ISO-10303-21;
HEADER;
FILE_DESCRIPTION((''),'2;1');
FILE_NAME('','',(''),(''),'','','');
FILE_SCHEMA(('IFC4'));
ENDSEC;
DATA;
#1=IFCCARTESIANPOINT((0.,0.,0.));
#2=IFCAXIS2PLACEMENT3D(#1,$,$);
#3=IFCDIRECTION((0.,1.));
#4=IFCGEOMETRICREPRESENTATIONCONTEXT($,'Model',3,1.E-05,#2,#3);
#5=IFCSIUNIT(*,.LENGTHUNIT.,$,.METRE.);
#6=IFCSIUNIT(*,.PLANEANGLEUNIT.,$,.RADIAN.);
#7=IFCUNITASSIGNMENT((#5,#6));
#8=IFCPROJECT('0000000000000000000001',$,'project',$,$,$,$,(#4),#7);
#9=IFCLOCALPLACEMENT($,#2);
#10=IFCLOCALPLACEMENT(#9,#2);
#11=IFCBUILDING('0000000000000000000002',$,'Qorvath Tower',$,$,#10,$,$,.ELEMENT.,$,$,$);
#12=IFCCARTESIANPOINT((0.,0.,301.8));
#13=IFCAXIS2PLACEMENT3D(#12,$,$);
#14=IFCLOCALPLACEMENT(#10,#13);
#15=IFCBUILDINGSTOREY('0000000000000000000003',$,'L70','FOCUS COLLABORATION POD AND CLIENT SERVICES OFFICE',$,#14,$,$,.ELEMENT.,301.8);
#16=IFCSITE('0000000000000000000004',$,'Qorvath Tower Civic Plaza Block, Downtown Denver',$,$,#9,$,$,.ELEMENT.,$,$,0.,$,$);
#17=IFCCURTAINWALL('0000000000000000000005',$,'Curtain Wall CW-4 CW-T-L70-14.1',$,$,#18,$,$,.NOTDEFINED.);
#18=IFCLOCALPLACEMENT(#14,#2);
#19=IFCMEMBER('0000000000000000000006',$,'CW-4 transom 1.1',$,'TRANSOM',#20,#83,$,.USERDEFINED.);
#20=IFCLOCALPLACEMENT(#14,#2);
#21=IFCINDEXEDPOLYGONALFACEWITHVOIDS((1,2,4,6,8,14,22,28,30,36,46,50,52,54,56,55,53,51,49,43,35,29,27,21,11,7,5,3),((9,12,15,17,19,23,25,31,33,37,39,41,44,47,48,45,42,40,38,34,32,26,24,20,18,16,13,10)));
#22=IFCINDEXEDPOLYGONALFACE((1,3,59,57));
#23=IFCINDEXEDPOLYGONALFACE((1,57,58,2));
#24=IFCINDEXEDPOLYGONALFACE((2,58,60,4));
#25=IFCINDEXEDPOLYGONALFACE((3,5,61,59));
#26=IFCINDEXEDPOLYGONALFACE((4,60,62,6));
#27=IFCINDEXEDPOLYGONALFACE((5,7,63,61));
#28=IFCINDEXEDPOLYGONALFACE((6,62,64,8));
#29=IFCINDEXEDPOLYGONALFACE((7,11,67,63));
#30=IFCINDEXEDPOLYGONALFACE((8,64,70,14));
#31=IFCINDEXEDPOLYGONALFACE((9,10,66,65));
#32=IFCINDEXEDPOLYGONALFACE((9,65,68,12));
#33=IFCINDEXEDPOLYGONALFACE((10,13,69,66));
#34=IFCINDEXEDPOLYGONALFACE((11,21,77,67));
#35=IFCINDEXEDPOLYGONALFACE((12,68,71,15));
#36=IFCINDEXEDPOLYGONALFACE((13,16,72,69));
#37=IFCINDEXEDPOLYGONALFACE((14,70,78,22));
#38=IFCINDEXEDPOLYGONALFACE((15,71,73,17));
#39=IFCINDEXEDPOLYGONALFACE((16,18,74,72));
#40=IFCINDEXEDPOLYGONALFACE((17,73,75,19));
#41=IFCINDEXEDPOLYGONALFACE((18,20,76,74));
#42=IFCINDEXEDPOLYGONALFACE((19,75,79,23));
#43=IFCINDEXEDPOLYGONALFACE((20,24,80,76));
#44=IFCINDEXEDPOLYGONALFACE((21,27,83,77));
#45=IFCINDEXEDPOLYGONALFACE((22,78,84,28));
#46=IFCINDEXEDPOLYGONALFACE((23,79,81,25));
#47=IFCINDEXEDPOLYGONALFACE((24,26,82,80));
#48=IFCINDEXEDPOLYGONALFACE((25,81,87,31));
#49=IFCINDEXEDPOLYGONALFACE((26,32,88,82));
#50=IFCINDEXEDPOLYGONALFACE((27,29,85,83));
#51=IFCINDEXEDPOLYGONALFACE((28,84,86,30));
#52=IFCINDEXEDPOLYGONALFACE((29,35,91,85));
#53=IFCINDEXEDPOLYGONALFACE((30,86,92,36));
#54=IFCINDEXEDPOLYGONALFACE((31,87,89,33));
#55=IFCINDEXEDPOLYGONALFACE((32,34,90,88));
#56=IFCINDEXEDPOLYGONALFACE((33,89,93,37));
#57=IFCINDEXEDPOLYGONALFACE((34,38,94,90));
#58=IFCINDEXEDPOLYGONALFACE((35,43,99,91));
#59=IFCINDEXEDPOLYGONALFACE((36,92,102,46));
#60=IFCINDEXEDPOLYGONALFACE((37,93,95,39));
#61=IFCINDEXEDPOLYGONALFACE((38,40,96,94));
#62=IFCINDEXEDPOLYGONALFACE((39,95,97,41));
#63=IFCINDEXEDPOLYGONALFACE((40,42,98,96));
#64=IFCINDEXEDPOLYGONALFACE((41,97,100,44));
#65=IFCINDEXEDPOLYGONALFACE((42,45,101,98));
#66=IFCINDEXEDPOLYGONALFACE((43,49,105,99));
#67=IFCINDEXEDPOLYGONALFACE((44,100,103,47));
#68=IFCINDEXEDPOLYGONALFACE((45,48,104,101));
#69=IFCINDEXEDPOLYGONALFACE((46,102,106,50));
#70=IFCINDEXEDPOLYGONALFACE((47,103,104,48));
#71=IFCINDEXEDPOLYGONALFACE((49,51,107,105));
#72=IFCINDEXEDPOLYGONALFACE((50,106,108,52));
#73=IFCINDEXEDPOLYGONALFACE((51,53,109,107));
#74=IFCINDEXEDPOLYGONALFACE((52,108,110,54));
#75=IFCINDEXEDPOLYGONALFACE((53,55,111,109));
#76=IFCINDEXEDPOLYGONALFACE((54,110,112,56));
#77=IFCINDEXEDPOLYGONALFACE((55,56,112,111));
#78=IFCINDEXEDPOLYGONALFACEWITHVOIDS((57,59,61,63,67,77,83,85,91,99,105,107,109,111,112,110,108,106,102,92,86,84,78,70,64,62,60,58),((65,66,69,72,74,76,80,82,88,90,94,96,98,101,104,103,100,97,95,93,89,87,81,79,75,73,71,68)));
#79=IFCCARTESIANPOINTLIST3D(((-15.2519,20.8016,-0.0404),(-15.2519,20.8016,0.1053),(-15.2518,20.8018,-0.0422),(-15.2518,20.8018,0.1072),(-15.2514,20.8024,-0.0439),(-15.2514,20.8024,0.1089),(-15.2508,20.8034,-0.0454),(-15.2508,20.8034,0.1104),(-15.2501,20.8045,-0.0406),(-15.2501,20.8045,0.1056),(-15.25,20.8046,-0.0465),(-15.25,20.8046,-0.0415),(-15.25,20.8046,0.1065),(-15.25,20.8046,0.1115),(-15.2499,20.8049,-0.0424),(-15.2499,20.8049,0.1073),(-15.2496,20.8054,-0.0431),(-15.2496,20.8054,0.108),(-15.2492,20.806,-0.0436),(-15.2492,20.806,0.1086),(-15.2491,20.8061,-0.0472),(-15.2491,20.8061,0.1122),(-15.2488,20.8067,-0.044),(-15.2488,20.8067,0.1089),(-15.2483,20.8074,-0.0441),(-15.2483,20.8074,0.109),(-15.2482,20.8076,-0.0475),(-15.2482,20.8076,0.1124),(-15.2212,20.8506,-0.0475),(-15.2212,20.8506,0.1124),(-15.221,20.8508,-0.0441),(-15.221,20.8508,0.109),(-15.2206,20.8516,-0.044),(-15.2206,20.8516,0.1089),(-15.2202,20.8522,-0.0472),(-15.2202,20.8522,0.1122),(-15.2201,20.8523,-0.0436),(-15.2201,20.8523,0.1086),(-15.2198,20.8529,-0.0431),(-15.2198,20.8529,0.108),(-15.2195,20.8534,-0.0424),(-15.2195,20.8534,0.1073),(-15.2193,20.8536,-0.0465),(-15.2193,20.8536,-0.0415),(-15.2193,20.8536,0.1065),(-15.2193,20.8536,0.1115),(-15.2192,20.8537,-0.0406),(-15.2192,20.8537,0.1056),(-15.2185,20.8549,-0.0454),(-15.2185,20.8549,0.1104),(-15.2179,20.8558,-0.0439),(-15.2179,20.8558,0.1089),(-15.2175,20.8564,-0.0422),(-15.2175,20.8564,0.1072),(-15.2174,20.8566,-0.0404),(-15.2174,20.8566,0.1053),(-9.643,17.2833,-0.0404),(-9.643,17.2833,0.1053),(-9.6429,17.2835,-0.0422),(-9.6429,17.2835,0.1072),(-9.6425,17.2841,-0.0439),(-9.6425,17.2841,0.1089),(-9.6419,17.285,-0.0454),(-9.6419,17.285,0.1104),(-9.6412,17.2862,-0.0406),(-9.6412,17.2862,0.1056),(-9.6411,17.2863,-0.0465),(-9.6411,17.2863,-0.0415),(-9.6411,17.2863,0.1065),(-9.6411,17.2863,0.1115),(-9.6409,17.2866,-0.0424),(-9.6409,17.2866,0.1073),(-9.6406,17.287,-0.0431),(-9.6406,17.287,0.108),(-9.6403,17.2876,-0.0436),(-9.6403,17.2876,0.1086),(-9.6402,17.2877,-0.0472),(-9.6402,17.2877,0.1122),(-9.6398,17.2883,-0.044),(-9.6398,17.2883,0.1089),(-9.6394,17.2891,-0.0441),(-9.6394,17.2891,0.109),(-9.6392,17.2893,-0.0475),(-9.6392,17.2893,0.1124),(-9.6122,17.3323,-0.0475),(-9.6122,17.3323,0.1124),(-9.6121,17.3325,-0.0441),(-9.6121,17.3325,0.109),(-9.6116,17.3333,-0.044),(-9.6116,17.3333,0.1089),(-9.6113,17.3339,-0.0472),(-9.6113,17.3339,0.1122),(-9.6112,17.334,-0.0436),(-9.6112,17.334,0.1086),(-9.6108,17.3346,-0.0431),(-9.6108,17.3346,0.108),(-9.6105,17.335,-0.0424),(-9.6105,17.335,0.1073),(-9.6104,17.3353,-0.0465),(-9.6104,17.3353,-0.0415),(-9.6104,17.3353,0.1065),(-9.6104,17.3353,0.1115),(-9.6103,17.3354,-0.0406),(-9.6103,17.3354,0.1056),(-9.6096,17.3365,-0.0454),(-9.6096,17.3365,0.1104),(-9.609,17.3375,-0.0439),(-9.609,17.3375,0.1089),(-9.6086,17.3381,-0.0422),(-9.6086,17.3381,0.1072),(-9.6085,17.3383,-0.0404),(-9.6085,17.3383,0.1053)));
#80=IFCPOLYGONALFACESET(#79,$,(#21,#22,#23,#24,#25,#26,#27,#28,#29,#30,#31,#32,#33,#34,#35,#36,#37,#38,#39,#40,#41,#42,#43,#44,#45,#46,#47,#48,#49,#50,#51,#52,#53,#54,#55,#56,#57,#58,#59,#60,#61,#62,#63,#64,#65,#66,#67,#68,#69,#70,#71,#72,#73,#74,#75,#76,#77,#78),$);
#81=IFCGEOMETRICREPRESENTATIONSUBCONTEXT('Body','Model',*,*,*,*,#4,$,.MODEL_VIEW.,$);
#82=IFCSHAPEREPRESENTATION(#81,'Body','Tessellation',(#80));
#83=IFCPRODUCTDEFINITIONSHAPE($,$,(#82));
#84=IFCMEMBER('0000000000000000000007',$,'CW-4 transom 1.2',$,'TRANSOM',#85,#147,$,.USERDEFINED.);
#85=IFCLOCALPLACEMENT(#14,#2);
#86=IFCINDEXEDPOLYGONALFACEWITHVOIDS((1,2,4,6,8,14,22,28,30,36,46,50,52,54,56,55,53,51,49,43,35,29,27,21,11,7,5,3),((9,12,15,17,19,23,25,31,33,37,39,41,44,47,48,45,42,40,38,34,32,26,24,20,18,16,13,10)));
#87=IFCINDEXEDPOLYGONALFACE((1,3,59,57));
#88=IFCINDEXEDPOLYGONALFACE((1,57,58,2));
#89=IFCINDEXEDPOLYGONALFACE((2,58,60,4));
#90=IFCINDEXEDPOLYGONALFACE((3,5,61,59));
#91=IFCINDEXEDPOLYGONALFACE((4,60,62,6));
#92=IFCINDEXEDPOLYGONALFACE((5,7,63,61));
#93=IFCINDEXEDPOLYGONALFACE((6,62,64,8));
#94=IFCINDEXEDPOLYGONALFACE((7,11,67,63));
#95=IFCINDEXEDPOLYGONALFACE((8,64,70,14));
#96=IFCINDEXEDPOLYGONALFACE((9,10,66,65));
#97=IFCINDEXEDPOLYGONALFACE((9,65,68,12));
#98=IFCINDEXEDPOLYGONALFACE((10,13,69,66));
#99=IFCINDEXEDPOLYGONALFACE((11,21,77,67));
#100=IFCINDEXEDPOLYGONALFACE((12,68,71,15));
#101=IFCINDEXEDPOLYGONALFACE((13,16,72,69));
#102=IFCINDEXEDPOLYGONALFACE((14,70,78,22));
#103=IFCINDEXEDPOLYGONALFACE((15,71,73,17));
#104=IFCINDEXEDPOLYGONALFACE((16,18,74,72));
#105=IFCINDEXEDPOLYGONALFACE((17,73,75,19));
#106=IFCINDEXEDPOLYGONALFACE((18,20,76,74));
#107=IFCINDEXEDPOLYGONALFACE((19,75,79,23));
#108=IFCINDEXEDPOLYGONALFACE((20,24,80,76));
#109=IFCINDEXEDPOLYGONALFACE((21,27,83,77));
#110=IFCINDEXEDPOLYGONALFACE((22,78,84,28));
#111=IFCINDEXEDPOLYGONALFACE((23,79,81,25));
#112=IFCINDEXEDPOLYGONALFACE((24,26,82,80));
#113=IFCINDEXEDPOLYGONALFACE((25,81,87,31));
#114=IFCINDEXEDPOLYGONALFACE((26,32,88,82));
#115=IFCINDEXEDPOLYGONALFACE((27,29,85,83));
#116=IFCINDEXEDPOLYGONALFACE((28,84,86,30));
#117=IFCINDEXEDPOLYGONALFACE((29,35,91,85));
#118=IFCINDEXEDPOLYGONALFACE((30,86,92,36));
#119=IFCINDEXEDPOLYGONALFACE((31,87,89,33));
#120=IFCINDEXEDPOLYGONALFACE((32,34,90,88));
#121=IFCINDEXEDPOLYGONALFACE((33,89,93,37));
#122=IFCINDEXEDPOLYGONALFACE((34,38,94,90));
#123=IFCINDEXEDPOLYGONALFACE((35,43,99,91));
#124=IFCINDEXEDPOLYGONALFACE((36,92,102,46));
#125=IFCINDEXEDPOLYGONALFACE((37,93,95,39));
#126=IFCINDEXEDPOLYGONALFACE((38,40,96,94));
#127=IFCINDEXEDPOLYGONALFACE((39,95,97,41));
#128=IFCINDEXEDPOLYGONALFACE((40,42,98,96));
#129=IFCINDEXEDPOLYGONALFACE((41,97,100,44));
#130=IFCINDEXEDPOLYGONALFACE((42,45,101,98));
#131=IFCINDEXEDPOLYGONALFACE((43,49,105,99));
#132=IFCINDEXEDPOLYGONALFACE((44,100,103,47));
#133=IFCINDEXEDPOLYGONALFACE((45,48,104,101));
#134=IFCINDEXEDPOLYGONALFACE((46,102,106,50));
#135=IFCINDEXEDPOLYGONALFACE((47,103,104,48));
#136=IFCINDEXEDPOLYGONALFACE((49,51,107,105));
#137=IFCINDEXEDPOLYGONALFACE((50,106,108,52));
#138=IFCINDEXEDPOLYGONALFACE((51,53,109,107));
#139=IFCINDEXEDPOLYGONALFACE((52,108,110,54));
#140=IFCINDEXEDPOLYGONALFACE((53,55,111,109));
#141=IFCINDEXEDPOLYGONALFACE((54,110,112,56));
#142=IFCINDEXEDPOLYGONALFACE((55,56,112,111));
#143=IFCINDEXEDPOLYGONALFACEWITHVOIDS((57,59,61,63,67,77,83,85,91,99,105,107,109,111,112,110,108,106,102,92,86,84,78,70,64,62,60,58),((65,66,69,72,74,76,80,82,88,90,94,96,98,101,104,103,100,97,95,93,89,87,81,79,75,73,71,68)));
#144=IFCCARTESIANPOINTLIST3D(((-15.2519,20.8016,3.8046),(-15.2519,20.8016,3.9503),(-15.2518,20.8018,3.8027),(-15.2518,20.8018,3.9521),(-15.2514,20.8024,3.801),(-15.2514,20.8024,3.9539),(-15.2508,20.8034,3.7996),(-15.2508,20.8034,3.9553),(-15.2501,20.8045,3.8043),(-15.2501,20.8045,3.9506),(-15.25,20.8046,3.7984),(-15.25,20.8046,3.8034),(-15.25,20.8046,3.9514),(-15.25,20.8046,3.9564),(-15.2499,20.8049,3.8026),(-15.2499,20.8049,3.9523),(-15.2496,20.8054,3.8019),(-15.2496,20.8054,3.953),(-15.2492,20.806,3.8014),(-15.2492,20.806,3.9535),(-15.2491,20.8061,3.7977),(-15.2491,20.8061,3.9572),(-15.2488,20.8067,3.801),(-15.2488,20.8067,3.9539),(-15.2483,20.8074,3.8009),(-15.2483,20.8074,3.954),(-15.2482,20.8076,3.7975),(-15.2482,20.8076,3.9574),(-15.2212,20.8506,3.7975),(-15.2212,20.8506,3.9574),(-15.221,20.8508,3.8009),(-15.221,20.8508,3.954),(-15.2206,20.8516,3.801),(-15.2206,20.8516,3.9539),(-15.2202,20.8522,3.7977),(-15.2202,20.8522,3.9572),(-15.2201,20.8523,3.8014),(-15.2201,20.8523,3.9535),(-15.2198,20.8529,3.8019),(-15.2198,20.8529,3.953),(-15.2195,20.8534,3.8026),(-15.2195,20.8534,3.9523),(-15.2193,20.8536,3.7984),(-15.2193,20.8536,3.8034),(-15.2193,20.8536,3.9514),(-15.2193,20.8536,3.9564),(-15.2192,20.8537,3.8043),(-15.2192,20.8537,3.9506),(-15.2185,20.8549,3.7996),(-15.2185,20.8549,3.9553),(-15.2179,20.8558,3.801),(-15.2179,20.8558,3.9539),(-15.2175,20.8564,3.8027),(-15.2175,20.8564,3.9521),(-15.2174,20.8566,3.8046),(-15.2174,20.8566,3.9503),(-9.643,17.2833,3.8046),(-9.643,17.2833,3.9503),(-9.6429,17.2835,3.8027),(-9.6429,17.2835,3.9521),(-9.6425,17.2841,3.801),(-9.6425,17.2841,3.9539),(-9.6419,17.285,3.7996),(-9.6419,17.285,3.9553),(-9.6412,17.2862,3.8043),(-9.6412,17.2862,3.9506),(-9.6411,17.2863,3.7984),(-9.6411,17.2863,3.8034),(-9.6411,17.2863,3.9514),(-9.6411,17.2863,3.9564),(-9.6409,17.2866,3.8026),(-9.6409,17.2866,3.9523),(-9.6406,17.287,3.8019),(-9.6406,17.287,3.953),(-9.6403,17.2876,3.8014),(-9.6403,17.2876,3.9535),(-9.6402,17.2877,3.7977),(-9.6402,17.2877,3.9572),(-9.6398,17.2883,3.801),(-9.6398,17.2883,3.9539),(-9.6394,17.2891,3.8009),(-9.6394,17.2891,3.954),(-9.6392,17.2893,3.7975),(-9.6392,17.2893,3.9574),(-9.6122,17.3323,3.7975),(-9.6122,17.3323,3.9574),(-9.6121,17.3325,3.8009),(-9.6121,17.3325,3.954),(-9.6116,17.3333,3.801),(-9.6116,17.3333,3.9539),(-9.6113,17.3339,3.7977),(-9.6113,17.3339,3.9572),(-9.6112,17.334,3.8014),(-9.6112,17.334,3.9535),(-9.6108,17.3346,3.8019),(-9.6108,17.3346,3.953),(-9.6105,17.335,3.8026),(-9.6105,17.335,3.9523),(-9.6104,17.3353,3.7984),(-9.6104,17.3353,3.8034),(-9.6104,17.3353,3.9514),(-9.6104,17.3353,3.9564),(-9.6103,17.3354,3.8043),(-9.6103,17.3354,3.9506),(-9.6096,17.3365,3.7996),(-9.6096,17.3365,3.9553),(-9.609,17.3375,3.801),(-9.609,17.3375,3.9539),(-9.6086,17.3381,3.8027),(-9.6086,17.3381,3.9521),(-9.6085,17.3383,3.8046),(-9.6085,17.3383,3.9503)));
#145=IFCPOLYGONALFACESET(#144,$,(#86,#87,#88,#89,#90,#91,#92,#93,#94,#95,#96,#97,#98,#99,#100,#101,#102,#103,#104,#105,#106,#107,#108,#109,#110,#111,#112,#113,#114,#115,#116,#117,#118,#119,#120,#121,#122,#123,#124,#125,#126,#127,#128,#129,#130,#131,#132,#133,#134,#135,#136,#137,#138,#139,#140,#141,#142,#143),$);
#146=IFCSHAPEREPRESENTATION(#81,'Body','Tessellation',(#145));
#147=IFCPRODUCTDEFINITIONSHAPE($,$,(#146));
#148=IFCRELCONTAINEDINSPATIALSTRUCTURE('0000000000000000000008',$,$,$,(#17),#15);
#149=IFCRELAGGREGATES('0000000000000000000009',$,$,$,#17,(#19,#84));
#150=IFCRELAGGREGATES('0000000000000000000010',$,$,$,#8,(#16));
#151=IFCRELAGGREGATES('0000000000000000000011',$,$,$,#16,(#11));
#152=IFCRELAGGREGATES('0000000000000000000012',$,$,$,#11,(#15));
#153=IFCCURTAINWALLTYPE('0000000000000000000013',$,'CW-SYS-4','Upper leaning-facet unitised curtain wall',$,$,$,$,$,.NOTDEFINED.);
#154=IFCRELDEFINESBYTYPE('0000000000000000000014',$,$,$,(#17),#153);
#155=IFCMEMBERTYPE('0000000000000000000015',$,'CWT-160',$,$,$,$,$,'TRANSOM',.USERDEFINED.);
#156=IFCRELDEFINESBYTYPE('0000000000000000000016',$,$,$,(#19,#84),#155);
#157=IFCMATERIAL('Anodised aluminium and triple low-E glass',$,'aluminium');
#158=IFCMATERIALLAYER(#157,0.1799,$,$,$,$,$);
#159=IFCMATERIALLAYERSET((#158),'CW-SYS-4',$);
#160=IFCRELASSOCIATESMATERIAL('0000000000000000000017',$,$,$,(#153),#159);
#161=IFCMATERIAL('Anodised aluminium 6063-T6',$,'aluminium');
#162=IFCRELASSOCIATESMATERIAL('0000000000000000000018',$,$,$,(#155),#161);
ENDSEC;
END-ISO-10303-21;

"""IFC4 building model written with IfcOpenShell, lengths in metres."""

from ifc_helpers import new_model, si_unit, direction, frame, origin, origin_2d, place, context, subcontext, project, spatial, hollow_rectangle, extrude, material, layer, layer_set, material_profile, profile_set, type_object, element, aggregate, save


model = new_model("IFC4")

# Units and contexts
model_context = context("Model", 3, precision=1e-05, world=origin(), true_north=direction((0.0, 1.0)))
body_context = subcontext(model_context, "Body", "Model", "MODEL_VIEW")
ifc_project = project(units=[si_unit("LENGTHUNIT", "METRE"), si_unit("PLANEANGLEUNIT", "RADIAN")], contexts=[model_context])

# Site, building, storey
site_placement = place(None, origin())
site = spatial("IfcSite", under=ifc_project, at=site_placement, Name="Qorvath Tower Civic Plaza Block, Downtown Denver", CompositionType="ELEMENT", RefElevation=0.0)
building_placement = place(site_placement, origin())
building = spatial("IfcBuilding", under=site, at=building_placement, Name="Qorvath Tower", CompositionType="ELEMENT")
storey_placement = place(building_placement, frame((0.0, 0.0, 301.8)))
storey = spatial("IfcBuildingStorey", under=building, at=storey_placement, Name="L70", Description="FOCUS COLLABORATION POD AND CLIENT SERVICES OFFICE", CompositionType="ELEMENT", Elevation=301.8)

# Shared definitions
ifc_material_1 = material(Name="Anodised aluminium and triple low-E glass", Category="aluminium")
ifc_layer_1 = layer(ifc_material_1, 0.1799)
ifc_layer_set_1 = layer_set([ifc_layer_1], Name="CW-SYS-4")
curtain_wall_type = type_object("IfcCurtainWallType", Name="CW-SYS-4", Description="Upper leaning-facet unitised curtain wall", PredefinedType="NOTDEFINED", material=ifc_layer_set_1)

# Curtain wall
curtain_wall_1_placement = place(storey_placement, origin())
curtain_wall_1 = element("IfcCurtainWall", 1, at=curtain_wall_1_placement, inside=storey, type_object=curtain_wall_type, Name="Curtain Wall CW-4 CW-T-L70-14.1", PredefinedType="NOTDEFINED")

# Members
ifc_material_2 = material(Name="Anodised aluminium 6063-T6", Category="aluminium")
ifc_material_profile_1 = material_profile(ifc_material_2, hollow_rectangle(XDim=0.0649, YDim=0.1599, WallThickness=0.0034, InnerFilletRadius=0.0034, OuterFilletRadius=0.0071, at=origin_2d()), Name="CWT 160x65")
ifc_profile_set_1 = profile_set([ifc_material_profile_1], Name="Anodised aluminium 6063-T6")
member_type_1 = type_object("IfcMemberType", Name="CWT-160", ElementType="TRANSOM", PredefinedType="USERDEFINED", material=ifc_profile_set_1)
member_1_placement = place(storey_placement, frame((-9.6257, 17.3108, 0.0325), z_axis=(-0.847131, 0.531384, 0.0), x_axis=(-0.531384, -0.847131, 0.0)))
member_1 = element("IfcMember", 2, at=member_1_placement, type_object=member_type_1, Name="CW-4 transom 1.1", ObjectType="TRANSOM", PredefinedType="USERDEFINED", context=body_context, shape_type="SweptSolid", body=[
    extrude(hollow_rectangle(XDim=0.0649, YDim=0.1599, WallThickness=0.0034, InnerFilletRadius=0.0034, OuterFilletRadius=0.0071, at=origin_2d()), origin(), (0.0, 0.0, 1.0), 6.6211),
])
member_2_placement = place(storey_placement, frame((-9.6257, 17.3108, 3.8774), z_axis=(-0.847131, 0.531384, 0.0), x_axis=(-0.531384, -0.847131, 0.0)))
member_2 = element("IfcMember", 3, at=member_2_placement, type_object=member_type_1, Name="CW-4 transom 1.2", ObjectType="TRANSOM", PredefinedType="USERDEFINED", context=body_context, shape_type="SweptSolid", body=[
    extrude(hollow_rectangle(XDim=0.0649, YDim=0.1599, WallThickness=0.0034, InnerFilletRadius=0.0034, OuterFilletRadius=0.0071, at=origin_2d()), origin(), (0.0, 0.0, 1.0), 6.6211),
])

aggregate(curtain_wall_1, [member_1, member_2])

save(model, "model.ifc")
